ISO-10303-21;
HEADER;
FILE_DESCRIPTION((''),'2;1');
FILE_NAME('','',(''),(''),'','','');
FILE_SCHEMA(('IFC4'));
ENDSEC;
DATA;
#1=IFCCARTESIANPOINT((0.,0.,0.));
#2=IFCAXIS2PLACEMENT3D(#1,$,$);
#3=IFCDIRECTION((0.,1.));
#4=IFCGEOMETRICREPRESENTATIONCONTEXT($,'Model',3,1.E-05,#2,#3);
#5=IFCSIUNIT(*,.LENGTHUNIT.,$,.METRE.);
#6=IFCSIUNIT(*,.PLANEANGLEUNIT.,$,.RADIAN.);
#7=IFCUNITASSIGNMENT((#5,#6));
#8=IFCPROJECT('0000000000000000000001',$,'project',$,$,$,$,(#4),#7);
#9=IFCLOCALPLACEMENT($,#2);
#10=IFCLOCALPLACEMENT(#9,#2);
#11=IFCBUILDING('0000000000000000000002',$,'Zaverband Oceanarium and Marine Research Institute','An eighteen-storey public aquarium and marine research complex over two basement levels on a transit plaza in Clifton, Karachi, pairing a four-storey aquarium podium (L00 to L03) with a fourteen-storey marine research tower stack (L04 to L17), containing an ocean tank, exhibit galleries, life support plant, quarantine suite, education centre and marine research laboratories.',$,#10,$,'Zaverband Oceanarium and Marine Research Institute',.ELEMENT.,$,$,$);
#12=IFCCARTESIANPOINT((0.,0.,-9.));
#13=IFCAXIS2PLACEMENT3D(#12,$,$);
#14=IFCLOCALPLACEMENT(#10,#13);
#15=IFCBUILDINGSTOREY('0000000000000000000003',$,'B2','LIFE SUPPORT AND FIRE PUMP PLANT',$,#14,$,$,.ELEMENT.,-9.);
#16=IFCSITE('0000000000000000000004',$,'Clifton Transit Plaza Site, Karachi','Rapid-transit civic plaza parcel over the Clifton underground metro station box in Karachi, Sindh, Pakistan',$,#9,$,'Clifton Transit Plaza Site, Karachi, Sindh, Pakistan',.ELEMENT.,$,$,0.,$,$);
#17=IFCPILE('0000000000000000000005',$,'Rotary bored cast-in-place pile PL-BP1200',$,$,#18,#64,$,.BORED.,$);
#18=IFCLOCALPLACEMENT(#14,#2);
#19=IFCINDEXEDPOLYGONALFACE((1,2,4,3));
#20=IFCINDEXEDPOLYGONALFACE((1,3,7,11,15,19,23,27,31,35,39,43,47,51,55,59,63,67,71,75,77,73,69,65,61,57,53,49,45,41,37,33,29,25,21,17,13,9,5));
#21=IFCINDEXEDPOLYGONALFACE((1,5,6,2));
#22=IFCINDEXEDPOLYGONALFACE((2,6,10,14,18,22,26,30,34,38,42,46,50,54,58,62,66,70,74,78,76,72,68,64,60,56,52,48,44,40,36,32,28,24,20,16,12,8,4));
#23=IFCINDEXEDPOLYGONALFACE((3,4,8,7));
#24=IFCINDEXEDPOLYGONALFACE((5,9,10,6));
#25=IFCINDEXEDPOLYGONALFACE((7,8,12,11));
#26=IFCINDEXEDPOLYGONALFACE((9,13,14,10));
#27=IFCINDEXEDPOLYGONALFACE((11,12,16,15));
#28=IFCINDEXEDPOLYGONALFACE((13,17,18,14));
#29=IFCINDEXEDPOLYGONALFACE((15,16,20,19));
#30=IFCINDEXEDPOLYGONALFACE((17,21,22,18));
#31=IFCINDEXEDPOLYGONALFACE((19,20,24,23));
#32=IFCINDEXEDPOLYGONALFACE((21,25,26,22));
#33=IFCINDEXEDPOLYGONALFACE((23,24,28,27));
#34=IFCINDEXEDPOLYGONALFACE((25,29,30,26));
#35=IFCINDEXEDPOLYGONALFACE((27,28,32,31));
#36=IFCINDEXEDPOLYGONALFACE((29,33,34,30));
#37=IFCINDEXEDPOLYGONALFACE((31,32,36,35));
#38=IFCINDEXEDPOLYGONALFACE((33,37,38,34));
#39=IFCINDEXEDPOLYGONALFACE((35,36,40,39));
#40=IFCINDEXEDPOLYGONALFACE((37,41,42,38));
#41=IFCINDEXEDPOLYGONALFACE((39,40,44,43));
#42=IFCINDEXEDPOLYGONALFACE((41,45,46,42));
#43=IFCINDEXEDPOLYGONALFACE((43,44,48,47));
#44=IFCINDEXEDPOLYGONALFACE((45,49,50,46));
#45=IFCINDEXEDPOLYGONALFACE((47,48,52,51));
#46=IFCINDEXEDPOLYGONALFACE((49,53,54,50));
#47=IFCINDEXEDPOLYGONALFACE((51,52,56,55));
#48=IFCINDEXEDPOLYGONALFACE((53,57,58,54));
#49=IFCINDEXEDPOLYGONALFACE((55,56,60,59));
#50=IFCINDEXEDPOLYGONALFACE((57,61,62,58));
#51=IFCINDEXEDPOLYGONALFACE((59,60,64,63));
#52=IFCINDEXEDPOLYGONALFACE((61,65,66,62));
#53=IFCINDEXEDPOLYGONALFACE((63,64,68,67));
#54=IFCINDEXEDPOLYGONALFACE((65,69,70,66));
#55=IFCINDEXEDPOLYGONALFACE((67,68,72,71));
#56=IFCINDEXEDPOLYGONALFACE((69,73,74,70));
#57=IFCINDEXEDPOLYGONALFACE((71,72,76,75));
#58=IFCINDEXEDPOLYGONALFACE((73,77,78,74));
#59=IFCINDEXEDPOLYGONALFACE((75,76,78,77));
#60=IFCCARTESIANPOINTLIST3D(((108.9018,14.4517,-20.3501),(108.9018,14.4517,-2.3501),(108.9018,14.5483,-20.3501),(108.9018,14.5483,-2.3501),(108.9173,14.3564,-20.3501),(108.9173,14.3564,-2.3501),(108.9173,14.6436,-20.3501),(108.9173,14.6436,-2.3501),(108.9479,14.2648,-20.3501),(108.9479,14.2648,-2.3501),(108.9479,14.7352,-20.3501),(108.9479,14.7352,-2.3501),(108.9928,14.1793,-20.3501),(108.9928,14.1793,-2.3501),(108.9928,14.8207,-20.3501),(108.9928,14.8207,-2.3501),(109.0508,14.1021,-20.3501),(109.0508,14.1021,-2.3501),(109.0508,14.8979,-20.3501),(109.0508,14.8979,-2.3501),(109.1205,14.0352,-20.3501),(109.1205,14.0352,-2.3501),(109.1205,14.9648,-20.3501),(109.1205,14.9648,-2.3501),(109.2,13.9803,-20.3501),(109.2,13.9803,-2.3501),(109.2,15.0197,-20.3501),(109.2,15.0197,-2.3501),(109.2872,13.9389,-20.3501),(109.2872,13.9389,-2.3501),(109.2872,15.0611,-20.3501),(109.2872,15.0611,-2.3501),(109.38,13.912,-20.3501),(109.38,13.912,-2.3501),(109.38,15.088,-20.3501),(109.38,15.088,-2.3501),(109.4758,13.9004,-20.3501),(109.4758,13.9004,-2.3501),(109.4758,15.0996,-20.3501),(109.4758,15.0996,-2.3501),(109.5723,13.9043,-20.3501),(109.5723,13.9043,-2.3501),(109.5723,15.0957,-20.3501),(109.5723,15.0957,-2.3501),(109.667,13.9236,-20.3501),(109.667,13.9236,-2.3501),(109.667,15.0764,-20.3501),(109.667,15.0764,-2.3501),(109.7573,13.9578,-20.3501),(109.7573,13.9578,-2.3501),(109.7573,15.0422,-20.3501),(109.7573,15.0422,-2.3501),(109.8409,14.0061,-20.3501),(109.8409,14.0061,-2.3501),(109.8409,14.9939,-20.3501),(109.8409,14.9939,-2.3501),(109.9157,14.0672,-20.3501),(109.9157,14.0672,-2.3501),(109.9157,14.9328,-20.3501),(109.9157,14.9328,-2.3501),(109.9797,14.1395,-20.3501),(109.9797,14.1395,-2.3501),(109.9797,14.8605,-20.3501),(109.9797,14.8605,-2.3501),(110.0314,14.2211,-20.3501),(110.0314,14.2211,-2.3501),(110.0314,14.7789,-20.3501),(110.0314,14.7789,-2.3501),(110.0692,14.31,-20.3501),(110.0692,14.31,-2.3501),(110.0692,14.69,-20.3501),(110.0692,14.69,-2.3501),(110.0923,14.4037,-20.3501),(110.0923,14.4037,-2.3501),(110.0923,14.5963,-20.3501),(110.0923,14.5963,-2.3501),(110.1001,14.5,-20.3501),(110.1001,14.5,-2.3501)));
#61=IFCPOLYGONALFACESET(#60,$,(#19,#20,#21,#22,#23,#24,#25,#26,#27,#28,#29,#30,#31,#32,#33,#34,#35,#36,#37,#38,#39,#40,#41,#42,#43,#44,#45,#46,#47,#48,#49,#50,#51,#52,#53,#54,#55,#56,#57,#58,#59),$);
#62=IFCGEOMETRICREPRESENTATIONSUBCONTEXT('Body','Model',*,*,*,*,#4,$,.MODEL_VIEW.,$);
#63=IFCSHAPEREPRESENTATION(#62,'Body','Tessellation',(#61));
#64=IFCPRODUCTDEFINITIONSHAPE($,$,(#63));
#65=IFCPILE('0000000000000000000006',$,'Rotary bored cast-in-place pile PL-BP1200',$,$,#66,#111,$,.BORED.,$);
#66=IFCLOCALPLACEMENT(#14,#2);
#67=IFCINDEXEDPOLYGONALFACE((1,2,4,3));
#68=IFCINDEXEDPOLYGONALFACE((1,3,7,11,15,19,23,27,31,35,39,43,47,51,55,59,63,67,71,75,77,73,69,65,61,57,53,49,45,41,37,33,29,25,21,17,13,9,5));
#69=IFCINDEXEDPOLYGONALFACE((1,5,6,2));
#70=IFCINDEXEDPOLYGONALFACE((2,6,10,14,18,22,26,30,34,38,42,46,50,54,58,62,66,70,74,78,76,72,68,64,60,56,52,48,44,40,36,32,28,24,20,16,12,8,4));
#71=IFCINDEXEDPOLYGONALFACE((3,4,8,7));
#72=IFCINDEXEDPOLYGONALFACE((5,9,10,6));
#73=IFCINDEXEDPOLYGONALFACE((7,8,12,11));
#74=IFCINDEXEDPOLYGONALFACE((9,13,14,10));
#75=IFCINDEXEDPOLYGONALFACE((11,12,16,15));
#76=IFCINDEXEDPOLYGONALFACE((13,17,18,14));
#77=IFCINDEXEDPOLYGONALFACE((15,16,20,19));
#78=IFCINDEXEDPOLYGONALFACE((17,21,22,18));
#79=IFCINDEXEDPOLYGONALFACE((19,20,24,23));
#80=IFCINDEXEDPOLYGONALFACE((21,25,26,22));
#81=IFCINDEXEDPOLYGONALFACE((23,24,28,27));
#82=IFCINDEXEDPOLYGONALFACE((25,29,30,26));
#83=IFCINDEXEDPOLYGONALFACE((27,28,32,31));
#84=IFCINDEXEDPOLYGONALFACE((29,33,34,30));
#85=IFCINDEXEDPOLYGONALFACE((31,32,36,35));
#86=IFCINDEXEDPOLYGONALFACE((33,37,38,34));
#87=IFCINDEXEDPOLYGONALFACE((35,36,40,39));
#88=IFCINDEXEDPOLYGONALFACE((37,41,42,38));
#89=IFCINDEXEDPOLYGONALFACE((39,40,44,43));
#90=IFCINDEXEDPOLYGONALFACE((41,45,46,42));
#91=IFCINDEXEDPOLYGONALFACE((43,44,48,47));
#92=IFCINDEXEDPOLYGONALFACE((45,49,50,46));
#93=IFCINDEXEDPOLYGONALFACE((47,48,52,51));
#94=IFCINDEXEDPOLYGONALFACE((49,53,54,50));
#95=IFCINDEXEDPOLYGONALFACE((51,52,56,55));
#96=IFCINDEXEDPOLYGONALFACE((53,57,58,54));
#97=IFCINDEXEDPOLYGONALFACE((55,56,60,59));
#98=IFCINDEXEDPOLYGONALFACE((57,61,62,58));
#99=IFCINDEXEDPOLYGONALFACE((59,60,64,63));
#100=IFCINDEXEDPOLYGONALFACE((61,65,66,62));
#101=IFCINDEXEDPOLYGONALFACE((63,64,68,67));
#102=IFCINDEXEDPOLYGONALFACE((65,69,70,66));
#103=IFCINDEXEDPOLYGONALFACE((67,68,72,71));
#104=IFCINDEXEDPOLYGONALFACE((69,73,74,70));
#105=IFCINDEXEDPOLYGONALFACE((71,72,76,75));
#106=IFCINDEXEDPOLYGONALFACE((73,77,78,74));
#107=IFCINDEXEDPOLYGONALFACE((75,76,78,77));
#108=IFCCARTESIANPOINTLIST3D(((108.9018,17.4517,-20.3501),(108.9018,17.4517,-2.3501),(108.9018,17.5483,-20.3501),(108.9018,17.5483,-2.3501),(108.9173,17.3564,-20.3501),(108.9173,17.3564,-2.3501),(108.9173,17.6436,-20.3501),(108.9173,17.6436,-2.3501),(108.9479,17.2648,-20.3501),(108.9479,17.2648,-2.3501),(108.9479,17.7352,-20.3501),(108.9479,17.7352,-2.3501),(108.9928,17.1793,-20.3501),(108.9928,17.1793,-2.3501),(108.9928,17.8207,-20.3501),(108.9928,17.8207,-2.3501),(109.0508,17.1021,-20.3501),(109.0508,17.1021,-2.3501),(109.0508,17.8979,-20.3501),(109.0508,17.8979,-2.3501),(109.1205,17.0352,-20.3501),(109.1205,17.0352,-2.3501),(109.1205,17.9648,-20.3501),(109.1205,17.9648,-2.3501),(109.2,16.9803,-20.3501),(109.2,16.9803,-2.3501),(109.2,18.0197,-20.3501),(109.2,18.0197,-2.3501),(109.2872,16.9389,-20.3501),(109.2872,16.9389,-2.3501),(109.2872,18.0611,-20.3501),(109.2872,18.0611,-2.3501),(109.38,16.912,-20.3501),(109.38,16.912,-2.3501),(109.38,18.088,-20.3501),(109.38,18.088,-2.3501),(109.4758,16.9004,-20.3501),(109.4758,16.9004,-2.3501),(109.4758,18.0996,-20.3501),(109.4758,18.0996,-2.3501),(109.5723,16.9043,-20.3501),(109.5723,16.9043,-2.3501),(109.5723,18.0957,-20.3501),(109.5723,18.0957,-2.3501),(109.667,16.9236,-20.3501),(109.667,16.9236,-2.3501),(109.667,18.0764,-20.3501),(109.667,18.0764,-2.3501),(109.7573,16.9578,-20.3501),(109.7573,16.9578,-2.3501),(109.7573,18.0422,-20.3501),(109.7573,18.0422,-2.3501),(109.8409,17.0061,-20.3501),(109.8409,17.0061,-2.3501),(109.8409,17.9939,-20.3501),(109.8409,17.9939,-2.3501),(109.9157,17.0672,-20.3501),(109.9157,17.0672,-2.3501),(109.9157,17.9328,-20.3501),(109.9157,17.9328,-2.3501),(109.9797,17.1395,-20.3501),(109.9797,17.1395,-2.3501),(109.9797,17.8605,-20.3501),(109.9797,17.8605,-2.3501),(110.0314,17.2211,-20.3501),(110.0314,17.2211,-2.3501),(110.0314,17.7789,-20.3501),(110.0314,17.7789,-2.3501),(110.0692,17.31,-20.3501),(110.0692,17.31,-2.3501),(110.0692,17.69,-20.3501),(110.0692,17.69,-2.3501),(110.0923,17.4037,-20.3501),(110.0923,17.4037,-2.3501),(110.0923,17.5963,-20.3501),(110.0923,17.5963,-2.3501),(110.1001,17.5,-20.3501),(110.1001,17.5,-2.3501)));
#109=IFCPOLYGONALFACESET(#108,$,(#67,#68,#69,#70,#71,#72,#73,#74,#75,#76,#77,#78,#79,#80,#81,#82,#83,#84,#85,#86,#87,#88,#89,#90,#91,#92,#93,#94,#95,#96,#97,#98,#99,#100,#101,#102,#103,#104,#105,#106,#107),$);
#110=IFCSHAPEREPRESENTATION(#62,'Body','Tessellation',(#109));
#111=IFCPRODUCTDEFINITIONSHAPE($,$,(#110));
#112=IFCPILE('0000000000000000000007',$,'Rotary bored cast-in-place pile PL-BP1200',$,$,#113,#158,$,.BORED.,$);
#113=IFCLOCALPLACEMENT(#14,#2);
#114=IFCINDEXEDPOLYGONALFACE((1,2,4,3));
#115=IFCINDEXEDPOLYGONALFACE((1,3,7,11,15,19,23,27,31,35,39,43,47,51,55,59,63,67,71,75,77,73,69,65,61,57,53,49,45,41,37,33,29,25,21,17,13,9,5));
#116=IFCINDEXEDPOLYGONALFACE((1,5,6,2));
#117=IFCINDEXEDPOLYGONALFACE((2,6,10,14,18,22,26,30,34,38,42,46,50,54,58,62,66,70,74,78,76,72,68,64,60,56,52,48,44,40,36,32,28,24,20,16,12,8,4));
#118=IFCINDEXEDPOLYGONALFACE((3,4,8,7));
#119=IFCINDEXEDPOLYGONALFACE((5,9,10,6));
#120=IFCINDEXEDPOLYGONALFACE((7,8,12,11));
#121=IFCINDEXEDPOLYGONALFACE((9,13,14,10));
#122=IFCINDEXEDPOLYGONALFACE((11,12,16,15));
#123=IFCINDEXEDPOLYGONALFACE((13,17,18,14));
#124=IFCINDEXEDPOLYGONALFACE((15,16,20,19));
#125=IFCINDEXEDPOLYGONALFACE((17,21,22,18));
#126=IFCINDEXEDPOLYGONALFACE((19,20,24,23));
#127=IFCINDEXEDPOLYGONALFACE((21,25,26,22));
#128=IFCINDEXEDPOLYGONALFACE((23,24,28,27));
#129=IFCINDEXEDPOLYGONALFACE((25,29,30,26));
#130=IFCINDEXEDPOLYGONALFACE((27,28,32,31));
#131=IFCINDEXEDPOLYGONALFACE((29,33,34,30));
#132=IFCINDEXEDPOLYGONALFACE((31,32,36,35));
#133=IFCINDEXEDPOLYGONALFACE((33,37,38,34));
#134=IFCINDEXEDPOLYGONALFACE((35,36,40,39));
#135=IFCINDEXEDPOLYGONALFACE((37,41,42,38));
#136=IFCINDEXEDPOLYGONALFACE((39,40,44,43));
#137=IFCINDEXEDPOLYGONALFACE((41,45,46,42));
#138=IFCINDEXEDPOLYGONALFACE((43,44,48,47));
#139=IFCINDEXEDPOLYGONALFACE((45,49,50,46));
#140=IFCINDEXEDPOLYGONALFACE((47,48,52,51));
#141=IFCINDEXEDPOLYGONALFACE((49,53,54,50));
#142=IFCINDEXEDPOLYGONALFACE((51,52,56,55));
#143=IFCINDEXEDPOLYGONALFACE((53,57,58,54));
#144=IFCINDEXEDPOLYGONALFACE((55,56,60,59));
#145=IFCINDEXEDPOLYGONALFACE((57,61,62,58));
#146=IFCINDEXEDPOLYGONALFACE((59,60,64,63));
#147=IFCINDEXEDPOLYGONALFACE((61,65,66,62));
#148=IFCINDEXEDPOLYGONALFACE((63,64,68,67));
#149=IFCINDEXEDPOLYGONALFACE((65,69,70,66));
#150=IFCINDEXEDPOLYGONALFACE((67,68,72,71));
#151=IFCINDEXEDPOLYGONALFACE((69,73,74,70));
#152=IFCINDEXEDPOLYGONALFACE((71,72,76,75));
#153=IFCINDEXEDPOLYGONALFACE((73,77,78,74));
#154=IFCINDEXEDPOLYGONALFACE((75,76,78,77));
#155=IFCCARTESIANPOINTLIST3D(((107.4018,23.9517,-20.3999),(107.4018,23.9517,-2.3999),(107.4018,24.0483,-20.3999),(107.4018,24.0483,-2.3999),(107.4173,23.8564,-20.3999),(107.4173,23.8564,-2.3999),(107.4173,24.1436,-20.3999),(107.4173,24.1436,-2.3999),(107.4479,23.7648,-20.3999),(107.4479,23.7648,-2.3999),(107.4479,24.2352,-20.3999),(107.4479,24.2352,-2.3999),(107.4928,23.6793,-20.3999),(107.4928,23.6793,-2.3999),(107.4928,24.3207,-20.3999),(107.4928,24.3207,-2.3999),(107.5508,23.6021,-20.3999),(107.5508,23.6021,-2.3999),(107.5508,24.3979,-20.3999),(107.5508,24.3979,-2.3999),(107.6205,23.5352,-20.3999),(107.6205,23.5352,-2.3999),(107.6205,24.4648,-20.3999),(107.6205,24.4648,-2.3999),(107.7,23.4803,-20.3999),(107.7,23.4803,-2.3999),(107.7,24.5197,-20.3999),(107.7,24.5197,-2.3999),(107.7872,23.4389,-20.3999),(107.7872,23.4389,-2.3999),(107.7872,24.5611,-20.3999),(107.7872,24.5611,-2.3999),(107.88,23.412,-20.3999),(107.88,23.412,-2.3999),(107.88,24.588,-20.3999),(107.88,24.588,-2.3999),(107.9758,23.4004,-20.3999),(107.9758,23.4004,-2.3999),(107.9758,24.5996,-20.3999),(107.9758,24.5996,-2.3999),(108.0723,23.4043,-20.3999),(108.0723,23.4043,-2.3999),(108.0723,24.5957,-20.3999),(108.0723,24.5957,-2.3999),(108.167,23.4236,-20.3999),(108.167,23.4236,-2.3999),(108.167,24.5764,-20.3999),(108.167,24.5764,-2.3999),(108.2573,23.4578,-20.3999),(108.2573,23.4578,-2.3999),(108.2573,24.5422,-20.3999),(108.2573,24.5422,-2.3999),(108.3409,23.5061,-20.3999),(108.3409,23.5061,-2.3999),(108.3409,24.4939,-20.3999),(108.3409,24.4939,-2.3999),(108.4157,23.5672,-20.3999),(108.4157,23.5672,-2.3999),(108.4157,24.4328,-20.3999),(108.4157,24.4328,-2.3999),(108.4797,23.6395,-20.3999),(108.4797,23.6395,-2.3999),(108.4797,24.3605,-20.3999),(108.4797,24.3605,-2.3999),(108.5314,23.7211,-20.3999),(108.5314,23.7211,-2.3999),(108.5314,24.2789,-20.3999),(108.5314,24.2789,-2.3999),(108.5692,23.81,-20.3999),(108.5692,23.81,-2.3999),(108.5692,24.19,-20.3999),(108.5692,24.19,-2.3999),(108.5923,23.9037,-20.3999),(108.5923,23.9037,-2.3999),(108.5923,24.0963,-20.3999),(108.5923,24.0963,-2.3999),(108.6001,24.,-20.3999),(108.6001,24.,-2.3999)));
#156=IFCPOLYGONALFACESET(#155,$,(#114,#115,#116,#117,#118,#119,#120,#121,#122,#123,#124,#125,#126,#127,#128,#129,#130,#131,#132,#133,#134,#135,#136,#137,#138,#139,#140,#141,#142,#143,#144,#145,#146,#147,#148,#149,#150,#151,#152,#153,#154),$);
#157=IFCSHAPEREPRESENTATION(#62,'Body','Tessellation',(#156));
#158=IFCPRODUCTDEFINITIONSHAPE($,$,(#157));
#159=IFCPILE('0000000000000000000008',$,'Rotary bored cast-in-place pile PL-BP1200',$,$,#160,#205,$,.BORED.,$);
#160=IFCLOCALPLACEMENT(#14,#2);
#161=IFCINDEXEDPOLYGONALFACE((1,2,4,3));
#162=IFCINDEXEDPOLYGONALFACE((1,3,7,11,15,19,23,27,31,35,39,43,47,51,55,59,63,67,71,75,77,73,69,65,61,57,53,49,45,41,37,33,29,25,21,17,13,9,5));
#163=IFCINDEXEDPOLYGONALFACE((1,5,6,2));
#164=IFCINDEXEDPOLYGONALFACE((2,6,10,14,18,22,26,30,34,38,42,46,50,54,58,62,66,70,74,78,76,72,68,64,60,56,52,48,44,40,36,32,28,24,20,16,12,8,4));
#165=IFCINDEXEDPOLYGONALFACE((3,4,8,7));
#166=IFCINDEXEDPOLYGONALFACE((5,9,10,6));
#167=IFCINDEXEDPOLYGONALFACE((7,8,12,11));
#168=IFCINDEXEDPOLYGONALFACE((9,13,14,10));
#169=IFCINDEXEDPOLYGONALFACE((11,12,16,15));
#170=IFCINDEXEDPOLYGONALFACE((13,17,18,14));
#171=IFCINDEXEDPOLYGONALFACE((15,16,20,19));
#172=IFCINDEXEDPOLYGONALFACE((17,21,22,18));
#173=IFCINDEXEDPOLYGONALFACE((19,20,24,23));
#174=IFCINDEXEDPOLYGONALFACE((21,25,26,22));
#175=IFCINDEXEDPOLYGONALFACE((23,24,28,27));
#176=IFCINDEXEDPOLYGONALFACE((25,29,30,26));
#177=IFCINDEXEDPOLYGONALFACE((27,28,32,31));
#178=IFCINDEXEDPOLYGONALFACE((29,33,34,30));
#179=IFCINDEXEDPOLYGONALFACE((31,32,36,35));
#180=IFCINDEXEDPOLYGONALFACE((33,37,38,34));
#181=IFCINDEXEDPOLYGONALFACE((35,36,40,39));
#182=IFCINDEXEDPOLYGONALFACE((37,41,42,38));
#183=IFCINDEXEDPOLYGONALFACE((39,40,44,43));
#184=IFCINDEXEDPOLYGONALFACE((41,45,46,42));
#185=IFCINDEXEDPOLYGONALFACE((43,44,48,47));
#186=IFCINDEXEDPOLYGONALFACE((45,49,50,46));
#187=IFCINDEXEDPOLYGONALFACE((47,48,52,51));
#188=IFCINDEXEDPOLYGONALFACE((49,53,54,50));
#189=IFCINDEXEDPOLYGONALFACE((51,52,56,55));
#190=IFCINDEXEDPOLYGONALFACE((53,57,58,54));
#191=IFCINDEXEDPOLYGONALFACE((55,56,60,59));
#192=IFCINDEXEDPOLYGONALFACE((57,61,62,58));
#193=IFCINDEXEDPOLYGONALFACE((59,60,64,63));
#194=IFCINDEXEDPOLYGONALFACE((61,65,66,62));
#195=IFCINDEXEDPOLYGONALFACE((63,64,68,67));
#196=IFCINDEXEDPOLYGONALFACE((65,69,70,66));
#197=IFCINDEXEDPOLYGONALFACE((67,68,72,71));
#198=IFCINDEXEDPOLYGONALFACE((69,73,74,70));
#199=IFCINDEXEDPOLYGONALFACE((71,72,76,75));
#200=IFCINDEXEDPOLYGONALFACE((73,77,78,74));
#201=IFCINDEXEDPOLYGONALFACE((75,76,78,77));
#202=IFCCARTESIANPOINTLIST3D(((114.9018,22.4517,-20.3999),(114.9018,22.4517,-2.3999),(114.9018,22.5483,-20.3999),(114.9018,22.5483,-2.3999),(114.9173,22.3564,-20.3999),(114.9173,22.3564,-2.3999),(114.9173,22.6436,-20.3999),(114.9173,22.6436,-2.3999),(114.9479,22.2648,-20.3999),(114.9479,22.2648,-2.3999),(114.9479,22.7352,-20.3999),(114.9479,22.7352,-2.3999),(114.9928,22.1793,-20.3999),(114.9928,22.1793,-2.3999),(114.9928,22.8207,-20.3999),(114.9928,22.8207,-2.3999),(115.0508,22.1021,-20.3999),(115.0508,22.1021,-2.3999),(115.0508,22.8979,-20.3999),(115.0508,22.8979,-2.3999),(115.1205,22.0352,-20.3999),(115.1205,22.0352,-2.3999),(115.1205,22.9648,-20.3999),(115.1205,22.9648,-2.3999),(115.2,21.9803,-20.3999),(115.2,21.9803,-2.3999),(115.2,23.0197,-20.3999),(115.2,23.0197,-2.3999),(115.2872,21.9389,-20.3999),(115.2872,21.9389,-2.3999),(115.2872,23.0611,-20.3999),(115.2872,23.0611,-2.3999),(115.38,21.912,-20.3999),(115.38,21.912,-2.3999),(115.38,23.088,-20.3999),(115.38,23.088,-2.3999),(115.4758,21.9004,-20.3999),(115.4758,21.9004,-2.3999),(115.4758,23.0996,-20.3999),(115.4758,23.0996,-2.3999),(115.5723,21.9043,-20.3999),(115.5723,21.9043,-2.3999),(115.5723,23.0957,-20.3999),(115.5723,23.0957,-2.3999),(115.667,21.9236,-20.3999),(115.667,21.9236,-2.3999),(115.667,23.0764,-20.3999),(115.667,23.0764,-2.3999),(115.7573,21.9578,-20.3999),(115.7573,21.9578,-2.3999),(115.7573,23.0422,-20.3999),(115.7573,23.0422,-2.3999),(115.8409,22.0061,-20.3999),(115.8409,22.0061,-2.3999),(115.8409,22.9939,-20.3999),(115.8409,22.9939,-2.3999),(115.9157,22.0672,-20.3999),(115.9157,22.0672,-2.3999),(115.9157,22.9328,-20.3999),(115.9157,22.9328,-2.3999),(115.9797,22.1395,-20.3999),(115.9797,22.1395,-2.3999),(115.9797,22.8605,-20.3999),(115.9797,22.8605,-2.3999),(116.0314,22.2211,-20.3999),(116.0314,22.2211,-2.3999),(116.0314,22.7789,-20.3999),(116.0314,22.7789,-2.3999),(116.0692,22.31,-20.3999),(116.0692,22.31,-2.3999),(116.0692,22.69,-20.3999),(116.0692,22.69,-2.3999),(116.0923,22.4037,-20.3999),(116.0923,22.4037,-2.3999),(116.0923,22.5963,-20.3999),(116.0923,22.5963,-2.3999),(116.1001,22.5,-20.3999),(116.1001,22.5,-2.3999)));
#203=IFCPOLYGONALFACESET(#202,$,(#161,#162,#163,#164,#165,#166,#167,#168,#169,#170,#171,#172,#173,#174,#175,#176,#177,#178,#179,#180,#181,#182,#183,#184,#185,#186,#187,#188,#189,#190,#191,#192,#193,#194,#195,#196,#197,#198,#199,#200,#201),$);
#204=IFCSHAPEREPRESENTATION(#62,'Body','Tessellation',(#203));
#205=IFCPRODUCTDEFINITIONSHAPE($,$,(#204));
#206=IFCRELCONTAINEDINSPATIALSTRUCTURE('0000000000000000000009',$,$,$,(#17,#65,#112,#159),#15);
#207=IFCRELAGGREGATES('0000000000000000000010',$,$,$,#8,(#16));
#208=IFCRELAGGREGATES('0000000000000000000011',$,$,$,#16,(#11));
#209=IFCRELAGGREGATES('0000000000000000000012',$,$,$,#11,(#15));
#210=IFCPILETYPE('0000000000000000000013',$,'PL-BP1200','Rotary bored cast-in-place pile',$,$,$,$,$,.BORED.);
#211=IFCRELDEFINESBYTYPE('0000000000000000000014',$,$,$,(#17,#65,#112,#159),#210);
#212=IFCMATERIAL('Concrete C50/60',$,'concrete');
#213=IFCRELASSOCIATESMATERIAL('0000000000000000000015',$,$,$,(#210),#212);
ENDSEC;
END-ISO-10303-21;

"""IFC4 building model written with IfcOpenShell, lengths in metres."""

from ifc_helpers import new_model, si_unit, direction, frame, origin, origin_2d, place, context, subcontext, project, spatial, circle, extrude, material, material_profile, profile_set, type_object, element, save


model = new_model("IFC4")

# Units and contexts
model_context = context("Model", 3, precision=1e-05, world=origin(), true_north=direction((0.0, 1.0)))
body_context = subcontext(model_context, "Body", "Model", "MODEL_VIEW")
ifc_project = project(units=[si_unit("LENGTHUNIT", "METRE"), si_unit("PLANEANGLEUNIT", "RADIAN")], contexts=[model_context])

# Site, building, storey
site_placement = place(None, origin())
site = spatial("IfcSite", under=ifc_project, at=site_placement, Name="Clifton Transit Plaza Site, Karachi", Description="Rapid-transit civic plaza parcel over the Clifton underground metro station box in Karachi, Sindh, Pakistan", LongName="Clifton Transit Plaza Site, Karachi, Sindh, Pakistan", CompositionType="ELEMENT", RefElevation=0.0)
building_placement = place(site_placement, origin())
building = spatial("IfcBuilding", under=site, at=building_placement, Name="Zaverband Oceanarium and Marine Research Institute", Description="An eighteen-storey public aquarium and marine research complex over two basement levels on a transit plaza in Clifton, Karachi, pairing a four-storey aquarium podium (L00 to L03) with a fourteen-storey marine research tower stack (L04 to L17), containing an ocean tank, exhibit galleries, life support plant, quarantine suite, education centre and marine research laboratories.", LongName="Zaverband Oceanarium and Marine Research Institute", CompositionType="ELEMENT")
storey_placement = place(building_placement, frame((0.0, 0.0, -9.0)))
storey = spatial("IfcBuildingStorey", under=building, at=storey_placement, Name="B2", Description="LIFE SUPPORT AND FIRE PUMP PLANT", CompositionType="ELEMENT", Elevation=-9.0)

# Shared definitions
ifc_material_1 = material(Name="Concrete C50/60", Category="concrete")

# Piles
ifc_material_profile_1 = material_profile(ifc_material_1, circle(Radius=0.6001, at=origin_2d()), Name="BP1200")
ifc_profile_set_1 = profile_set([ifc_material_profile_1], Name="Concrete C50/60")
pile_type_1 = type_object("IfcPileType", Name="PL-BP1200", Description="Rotary bored cast-in-place pile", PredefinedType="BORED", material=ifc_profile_set_1)
for number, where, z_axis, x_axis, name in (
    (1, (109.5, 14.5, -2.3501), (0.0, 0.0, -1.0), (1.0, 0.0, 0.0), "Rotary bored cast-in-place pile PL-BP1200"),
    (2, (109.5, 17.5, -2.3501), (0.0, 0.0, -1.0), (1.0, 0.0, 0.0), "Rotary bored cast-in-place pile PL-BP1200"),
    (3, (108.0, 24.0, -2.3999), (0.0, 0.0, -1.0), (1.0, 0.0, 0.0), "Rotary bored cast-in-place pile PL-BP1200"),
    (4, (115.5, 22.5, -2.3999), (0.0, 0.0, -1.0), (1.0, 0.0, 0.0), "Rotary bored cast-in-place pile PL-BP1200"),
):
    element("IfcPile", number, at=place(storey_placement, frame(where, z_axis=z_axis, x_axis=x_axis)), inside=storey, type_object=pile_type_1, Name=name, PredefinedType="BORED", context=body_context, shape_type="SweptSolid", body=[
        extrude(circle(Radius=0.6001, at=origin_2d()), origin(), (0.0, 0.0, 1.0), 18.0),
    ])

save(model, "model.ifc")
